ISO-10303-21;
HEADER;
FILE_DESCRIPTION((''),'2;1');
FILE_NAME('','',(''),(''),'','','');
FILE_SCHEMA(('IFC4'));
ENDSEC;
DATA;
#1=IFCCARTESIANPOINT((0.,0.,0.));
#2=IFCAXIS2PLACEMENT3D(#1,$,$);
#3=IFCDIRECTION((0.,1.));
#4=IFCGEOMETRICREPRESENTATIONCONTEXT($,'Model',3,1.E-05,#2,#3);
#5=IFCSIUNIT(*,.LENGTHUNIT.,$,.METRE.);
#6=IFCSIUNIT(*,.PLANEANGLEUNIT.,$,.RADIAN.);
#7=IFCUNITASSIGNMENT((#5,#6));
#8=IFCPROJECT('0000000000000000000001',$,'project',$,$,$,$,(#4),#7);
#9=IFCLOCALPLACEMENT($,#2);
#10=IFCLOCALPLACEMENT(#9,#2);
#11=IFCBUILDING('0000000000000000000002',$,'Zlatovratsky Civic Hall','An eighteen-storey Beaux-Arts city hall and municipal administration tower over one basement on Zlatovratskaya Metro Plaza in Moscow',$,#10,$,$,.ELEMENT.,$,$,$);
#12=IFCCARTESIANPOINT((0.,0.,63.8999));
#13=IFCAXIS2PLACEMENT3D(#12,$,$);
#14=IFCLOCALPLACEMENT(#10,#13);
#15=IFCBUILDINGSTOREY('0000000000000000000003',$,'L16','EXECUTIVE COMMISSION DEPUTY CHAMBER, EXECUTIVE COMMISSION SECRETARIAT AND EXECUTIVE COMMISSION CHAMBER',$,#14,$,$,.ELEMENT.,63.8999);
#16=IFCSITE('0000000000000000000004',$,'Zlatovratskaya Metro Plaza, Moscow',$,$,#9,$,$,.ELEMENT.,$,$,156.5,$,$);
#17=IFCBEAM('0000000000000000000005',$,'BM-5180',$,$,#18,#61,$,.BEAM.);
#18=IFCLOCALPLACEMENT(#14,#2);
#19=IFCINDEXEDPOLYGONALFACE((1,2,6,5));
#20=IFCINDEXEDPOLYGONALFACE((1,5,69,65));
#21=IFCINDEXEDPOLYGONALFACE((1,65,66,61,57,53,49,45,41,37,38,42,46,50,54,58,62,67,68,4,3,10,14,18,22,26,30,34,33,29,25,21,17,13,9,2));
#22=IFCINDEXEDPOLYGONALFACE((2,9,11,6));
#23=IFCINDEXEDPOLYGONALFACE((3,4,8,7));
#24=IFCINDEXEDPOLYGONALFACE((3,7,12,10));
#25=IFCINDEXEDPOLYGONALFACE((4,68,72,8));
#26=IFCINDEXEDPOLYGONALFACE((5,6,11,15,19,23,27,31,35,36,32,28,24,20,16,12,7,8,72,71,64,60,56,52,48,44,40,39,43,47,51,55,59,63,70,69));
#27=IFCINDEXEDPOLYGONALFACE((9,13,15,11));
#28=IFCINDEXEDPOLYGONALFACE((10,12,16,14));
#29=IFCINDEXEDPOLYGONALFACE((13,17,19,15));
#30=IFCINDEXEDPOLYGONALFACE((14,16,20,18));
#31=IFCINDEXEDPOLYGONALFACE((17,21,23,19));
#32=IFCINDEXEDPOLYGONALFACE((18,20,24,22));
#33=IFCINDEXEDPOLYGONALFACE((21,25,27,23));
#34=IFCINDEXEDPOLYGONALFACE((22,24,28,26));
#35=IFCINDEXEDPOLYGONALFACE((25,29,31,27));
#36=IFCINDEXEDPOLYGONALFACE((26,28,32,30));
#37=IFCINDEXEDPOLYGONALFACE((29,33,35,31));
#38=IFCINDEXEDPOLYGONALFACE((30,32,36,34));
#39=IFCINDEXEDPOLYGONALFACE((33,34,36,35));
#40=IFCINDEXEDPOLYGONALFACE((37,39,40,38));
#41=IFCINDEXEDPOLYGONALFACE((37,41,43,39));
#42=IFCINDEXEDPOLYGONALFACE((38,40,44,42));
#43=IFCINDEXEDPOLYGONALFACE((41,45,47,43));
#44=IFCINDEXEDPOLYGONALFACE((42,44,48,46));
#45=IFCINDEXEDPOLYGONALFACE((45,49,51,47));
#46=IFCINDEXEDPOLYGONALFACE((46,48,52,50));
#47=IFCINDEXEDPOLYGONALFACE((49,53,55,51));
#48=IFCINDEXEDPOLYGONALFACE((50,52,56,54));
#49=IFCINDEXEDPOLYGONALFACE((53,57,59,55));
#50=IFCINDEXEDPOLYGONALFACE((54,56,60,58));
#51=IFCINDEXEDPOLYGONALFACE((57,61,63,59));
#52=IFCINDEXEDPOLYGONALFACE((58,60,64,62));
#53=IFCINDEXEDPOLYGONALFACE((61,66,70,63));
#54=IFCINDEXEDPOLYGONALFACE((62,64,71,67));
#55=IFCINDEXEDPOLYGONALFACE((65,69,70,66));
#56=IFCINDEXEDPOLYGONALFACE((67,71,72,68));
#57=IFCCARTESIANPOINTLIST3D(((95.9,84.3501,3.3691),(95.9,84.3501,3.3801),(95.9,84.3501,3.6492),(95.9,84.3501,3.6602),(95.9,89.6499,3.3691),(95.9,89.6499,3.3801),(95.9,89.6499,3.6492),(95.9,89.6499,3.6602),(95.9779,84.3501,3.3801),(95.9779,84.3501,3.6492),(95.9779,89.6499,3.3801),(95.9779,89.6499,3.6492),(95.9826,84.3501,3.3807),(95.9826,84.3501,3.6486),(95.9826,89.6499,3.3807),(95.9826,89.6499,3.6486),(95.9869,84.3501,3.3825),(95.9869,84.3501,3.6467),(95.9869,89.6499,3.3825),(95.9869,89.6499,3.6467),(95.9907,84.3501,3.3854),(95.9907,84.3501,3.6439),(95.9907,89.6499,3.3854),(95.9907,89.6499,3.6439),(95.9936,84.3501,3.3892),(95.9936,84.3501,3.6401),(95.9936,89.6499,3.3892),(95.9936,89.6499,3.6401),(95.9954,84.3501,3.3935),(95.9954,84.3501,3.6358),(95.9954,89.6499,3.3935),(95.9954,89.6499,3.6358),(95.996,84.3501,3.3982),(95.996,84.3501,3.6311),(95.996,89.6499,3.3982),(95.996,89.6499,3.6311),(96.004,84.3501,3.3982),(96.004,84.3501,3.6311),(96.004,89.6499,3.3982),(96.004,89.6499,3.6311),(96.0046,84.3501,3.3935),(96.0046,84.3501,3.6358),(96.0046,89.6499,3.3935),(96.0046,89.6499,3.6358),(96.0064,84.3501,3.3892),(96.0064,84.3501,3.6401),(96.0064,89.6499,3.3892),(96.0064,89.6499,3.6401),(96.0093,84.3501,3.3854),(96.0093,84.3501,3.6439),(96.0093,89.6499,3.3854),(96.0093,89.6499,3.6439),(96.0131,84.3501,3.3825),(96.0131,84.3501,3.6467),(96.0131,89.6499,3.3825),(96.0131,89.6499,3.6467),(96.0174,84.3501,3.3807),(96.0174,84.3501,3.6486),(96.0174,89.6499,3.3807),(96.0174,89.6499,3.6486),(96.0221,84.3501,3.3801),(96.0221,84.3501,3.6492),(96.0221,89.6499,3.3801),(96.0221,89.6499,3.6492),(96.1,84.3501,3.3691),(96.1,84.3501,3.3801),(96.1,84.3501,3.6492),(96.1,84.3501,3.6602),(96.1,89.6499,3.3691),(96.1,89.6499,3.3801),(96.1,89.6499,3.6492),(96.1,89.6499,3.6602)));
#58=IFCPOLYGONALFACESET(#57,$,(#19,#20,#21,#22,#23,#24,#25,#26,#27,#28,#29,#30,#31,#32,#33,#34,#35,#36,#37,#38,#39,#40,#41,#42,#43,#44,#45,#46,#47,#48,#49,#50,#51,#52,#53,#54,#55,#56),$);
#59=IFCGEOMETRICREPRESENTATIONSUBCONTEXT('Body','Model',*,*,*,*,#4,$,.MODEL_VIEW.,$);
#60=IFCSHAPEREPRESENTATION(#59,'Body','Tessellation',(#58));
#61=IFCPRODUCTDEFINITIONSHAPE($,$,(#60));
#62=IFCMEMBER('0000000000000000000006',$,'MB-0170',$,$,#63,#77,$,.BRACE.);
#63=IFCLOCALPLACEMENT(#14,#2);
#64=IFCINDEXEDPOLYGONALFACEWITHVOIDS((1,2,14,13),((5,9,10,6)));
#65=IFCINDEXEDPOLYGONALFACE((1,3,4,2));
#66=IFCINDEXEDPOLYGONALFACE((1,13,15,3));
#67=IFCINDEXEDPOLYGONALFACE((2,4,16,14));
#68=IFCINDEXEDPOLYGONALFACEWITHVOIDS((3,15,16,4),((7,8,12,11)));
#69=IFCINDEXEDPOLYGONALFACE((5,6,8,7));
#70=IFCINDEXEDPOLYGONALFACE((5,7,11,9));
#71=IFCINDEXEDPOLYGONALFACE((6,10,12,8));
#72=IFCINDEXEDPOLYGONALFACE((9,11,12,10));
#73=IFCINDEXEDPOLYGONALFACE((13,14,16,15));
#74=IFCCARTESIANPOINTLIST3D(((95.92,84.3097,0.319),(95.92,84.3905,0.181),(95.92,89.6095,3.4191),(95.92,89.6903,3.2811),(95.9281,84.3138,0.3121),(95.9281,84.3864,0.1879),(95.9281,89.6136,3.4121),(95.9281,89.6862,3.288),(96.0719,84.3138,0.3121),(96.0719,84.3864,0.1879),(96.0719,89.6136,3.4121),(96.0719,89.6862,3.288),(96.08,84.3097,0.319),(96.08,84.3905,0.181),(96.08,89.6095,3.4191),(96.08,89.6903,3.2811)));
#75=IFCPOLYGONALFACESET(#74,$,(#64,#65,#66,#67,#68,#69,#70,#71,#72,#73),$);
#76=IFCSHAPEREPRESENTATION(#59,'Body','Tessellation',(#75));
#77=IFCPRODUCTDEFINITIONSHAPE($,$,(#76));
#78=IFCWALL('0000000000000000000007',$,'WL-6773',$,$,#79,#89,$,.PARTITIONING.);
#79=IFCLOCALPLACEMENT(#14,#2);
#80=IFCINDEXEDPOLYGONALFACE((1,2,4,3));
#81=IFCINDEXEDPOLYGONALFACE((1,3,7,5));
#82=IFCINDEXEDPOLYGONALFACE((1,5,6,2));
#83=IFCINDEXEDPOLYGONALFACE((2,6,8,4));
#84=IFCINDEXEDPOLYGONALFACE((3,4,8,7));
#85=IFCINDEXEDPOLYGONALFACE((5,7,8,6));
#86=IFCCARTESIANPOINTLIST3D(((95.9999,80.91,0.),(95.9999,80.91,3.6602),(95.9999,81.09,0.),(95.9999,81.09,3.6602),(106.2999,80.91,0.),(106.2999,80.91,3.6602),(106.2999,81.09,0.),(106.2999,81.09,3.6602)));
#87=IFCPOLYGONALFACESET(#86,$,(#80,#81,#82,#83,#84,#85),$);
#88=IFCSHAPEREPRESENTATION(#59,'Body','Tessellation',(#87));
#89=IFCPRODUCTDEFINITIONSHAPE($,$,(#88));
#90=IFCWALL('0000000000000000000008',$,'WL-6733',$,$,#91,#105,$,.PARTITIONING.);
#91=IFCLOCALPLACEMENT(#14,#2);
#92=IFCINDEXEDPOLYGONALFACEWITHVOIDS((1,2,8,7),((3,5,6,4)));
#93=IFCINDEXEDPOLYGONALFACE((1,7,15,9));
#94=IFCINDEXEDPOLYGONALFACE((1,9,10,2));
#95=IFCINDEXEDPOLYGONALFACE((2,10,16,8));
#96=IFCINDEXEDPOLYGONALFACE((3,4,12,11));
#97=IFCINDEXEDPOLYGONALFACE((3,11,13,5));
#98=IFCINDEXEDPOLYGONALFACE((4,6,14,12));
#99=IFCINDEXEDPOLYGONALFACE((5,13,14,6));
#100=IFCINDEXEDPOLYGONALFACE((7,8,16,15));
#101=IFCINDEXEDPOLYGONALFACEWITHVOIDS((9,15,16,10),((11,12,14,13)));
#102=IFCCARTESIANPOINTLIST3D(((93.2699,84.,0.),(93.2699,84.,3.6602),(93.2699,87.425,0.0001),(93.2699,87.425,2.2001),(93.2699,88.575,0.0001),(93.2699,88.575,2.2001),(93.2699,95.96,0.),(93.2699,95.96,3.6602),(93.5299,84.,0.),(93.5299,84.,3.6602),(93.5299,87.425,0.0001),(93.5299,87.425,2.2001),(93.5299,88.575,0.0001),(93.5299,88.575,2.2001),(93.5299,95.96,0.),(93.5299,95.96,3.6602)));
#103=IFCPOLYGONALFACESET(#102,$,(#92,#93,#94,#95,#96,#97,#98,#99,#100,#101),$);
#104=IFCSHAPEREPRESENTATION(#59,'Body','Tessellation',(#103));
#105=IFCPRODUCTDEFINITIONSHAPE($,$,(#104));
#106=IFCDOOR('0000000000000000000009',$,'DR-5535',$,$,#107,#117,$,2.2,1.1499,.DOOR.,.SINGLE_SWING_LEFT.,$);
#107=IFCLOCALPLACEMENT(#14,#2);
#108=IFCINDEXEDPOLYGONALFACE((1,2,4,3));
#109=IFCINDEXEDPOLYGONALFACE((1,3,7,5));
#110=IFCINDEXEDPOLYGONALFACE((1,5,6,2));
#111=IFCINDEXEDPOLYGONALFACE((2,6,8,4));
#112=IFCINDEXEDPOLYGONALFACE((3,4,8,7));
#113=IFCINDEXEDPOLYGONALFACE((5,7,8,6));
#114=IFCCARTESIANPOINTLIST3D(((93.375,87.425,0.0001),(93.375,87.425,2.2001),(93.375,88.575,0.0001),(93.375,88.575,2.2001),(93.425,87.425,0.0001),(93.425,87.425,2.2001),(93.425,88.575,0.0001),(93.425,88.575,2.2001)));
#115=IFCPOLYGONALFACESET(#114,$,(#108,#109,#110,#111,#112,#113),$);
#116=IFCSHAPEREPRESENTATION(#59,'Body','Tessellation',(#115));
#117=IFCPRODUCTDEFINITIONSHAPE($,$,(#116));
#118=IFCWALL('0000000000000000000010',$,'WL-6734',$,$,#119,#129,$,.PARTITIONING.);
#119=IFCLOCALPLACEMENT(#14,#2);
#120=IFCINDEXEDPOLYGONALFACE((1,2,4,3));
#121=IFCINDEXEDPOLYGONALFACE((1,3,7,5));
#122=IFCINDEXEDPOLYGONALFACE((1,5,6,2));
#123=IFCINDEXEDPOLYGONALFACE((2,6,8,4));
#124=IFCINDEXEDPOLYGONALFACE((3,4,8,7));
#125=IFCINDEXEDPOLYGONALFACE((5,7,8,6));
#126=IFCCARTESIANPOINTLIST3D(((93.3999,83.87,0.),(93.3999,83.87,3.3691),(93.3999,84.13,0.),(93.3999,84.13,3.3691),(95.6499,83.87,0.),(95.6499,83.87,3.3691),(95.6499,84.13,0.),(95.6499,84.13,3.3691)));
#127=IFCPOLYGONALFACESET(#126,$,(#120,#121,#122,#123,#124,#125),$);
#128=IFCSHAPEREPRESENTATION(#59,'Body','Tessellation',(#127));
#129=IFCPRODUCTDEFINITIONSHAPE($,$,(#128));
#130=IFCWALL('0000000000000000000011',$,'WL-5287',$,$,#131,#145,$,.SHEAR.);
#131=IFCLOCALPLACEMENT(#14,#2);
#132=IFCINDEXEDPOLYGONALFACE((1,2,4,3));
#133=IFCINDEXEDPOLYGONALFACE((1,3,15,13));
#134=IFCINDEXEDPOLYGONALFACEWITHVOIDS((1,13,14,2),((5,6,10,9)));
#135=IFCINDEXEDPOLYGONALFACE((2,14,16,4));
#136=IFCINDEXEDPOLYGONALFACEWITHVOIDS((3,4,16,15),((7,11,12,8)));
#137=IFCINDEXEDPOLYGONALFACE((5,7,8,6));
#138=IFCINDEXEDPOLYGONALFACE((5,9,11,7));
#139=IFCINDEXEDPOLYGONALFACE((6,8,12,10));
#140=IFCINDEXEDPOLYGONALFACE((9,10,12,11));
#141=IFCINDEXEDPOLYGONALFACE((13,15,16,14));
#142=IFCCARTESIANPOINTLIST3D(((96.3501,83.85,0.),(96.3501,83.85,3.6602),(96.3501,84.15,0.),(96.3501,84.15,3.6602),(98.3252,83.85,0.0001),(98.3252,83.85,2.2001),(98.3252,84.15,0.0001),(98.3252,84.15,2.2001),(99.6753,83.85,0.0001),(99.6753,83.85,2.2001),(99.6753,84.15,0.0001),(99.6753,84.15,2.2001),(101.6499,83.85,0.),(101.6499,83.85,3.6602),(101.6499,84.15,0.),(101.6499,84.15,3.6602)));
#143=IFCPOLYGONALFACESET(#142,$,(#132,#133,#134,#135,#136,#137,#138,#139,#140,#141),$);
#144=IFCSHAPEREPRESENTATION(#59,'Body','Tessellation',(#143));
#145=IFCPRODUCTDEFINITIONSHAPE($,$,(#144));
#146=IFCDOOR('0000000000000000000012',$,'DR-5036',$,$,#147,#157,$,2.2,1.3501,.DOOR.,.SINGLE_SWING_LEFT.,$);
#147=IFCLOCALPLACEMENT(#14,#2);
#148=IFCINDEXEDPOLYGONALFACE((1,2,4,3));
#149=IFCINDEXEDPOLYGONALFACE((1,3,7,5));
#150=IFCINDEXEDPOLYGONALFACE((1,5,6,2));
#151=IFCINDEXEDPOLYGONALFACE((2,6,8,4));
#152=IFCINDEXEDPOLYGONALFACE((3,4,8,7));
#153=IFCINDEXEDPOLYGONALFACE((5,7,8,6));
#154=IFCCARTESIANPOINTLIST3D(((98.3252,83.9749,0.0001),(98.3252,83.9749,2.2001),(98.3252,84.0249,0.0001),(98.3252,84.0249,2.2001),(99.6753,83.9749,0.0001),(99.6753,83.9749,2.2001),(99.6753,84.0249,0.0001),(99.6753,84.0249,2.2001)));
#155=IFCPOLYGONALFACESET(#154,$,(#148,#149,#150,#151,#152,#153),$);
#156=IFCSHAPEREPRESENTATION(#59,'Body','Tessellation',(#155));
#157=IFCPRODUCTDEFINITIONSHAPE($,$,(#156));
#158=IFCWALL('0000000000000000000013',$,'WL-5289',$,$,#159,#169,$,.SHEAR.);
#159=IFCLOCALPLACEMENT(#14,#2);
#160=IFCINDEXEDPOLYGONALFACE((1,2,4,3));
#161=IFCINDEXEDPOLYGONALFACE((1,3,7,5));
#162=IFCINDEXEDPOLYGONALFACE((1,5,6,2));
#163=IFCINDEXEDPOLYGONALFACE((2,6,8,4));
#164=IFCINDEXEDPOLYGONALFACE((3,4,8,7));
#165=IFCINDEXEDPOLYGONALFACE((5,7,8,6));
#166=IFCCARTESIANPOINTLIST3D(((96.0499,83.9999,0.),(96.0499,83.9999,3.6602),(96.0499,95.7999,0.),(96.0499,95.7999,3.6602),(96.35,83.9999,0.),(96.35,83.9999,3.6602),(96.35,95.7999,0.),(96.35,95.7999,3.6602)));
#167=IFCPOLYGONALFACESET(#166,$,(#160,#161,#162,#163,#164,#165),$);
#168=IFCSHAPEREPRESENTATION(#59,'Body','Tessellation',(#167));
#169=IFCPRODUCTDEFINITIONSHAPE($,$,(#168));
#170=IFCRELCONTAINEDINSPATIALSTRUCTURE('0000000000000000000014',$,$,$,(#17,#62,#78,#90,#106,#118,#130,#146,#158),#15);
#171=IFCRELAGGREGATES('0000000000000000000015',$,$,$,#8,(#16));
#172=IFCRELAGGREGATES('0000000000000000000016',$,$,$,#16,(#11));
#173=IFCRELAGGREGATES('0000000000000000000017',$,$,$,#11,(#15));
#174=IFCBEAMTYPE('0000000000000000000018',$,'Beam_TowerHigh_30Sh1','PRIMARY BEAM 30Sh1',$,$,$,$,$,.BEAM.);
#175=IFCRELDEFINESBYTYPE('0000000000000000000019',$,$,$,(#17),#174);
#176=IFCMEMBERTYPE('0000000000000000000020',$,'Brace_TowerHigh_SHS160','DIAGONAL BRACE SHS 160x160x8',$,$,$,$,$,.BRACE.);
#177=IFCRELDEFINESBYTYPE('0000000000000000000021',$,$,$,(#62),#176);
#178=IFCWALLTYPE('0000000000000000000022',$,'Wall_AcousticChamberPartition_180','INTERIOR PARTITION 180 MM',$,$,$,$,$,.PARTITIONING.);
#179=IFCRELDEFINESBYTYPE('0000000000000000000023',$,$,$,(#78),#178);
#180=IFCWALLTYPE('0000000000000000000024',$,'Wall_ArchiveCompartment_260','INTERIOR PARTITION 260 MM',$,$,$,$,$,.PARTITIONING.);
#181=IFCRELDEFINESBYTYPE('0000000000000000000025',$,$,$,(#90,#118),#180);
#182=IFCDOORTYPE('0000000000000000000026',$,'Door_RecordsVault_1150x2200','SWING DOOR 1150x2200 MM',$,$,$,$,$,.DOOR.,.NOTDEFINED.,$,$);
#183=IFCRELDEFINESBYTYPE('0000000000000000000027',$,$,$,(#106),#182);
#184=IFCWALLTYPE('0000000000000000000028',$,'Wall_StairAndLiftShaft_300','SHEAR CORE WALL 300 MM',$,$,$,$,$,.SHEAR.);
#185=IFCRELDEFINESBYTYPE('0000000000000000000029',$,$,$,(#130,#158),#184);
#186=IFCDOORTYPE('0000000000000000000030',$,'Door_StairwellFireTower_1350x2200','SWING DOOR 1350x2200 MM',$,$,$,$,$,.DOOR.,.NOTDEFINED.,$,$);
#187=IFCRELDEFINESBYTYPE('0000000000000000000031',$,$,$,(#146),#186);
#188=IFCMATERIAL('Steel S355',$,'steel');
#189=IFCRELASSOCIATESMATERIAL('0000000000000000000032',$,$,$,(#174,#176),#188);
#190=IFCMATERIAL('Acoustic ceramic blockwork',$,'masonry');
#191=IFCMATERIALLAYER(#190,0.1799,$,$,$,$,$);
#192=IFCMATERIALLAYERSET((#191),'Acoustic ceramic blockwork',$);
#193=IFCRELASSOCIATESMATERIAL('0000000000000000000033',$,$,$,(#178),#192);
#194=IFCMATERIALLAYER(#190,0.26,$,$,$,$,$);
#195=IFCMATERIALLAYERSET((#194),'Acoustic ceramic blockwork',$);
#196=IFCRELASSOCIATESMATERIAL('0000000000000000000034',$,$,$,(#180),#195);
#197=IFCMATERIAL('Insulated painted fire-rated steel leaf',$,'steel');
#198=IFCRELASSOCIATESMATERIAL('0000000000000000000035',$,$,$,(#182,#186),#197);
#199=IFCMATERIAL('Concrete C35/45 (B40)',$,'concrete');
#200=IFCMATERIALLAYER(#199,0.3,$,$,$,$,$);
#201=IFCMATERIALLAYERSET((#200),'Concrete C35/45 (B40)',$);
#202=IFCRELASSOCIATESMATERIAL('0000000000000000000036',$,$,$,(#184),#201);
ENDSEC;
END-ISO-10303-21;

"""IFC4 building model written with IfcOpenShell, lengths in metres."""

from ifc_helpers import new_model, si_unit, direction, frame, frame_2d, origin, origin_2d, place, context, subcontext, project, spatial, rectangle, hollow_rectangle, i_section, extrude, material, layer, layer_set, material_profile, profile_set, type_object, element, fill, save


model = new_model("IFC4")

# Units and contexts
model_context = context("Model", 3, precision=1e-05, world=origin(), true_north=direction((0.0, 1.0)))
body_context = subcontext(model_context, "Body", "Model", "MODEL_VIEW")
ifc_project = project(units=[si_unit("LENGTHUNIT", "METRE"), si_unit("PLANEANGLEUNIT", "RADIAN")], contexts=[model_context])

# Site, building, storey
site_placement = place(None, origin())
site = spatial("IfcSite", under=ifc_project, at=site_placement, Name="Zlatovratskaya Metro Plaza, Moscow", CompositionType="ELEMENT", RefElevation=156.5)
building_placement = place(site_placement, origin())
building = spatial("IfcBuilding", under=site, at=building_placement, Name="Zlatovratsky Civic Hall", Description="An eighteen-storey Beaux-Arts city hall and municipal administration tower over one basement on Zlatovratskaya Metro Plaza in Moscow", CompositionType="ELEMENT")
storey_placement = place(building_placement, frame((0.0, 0.0, 63.8999)))
storey = spatial("IfcBuildingStorey", under=building, at=storey_placement, Name="L16", Description="EXECUTIVE COMMISSION DEPUTY CHAMBER, EXECUTIVE COMMISSION SECRETARIAT AND EXECUTIVE COMMISSION CHAMBER", CompositionType="ELEMENT", Elevation=63.8999)

# Shared definitions
ifc_material_1 = material(Name="Concrete C35/45 (B40)", Category="concrete")

# Beam
ifc_material_2 = material(Name="Steel S355", Category="steel")
ifc_material_profile_1 = material_profile(ifc_material_2, i_section(OverallWidth=0.2, OverallDepth=0.291, WebThickness=0.0081, FlangeThickness=0.011, FilletRadius=0.0181, at=origin_2d()), Name="30Sh1")
ifc_profile_set_1 = profile_set([ifc_material_profile_1], Name="Steel S355")
beam_type_1 = type_object("IfcBeamType", Name="Beam_TowerHigh_30Sh1", Description="PRIMARY BEAM 30Sh1", PredefinedType="BEAM", material=ifc_profile_set_1)
for number, where, z_axis, x_axis, name in (
    (1, (96.0, 84.3501, 3.5146), (0.0, 1.0, 0.0), (-1.0, 0.0, 0.0), "BM-5180"),
):
    element("IfcBeam", number, at=place(storey_placement, frame(where, z_axis=z_axis, x_axis=x_axis)), inside=storey, type_object=beam_type_1, Name=name, PredefinedType="BEAM", context=body_context, shape_type="SweptSolid", body=[
        extrude(i_section(OverallWidth=0.2, OverallDepth=0.291, WebThickness=0.0081, FlangeThickness=0.011, FilletRadius=0.0181, at=origin_2d()), origin(), (0.0, 0.0, 1.0), 5.2998),
    ])

# Member
ifc_material_profile_2 = material_profile(ifc_material_2, hollow_rectangle(XDim=0.1599, YDim=0.1599, WallThickness=0.0081, at=origin_2d()), Name="SHS 160x160x8")
ifc_profile_set_2 = profile_set([ifc_material_profile_2], Name="Steel S355")
member_type = type_object("IfcMemberType", Name="Brace_TowerHigh_SHS160", Description="DIAGONAL BRACE SHS 160x160x8", PredefinedType="BRACE", material=ifc_profile_set_2)
member_placement = place(storey_placement, frame((96.0, 84.3501, 0.25), z_axis=(0.0, 0.863173, 0.504909), x_axis=(-1.0, 0.0, 0.0)))
element("IfcMember", 2, at=member_placement, inside=storey, type_object=member_type, Name="MB-0170", PredefinedType="BRACE", context=body_context, shape_type="SweptSolid", body=[
    extrude(hollow_rectangle(XDim=0.1599, YDim=0.1599, WallThickness=0.0081, at=origin_2d()), origin(), (0.0, 0.0, 1.0), 6.1399),
])

# Wall
ifc_material_3 = material(Name="Acoustic ceramic blockwork", Category="masonry")
ifc_layer_1 = layer(ifc_material_3, 0.1799)
ifc_layer_set_1 = layer_set([ifc_layer_1], Name="Acoustic ceramic blockwork")
wall_type_1 = type_object("IfcWallType", Name="Wall_AcousticChamberPartition_180", Description="INTERIOR PARTITION 180 MM", PredefinedType="PARTITIONING", material=ifc_layer_set_1)
wall_1_placement = place(storey_placement, frame((96.0, 81.0, 0.0), z_axis=(0.0, 0.0, 1.0), x_axis=(1.0, 0.0, 0.0)))
element("IfcWall", 3, at=wall_1_placement, inside=storey, type_object=wall_type_1, Name="WL-6773", PredefinedType="PARTITIONING", context=body_context, shape_type="SweptSolid", body=[
    extrude(rectangle(XDim=10.3, YDim=0.1799, at=frame_2d((5.1499, 0.0))), origin(), (0.0, 0.0, 1.0), 3.6602),
])

# Wall, opening, door
ifc_layer_2 = layer(ifc_material_3, 0.26)
ifc_layer_set_2 = layer_set([ifc_layer_2], Name="Acoustic ceramic blockwork")
wall_type_2 = type_object("IfcWallType", Name="Wall_ArchiveCompartment_260", Description="INTERIOR PARTITION 260 MM", PredefinedType="PARTITIONING", material=ifc_layer_set_2)
wall_2_placement = place(storey_placement, frame((93.3999, 84.0, 0.0), z_axis=(0.0, 0.0, 1.0), x_axis=(0.0, 1.0, 0.0)))
wall_2 = element("IfcWall", 4, at=wall_2_placement, inside=storey, type_object=wall_type_2, Name="WL-6733", PredefinedType="PARTITIONING", context=body_context, shape_type="SweptSolid", body=[
    extrude(rectangle(XDim=11.96, YDim=0.26, at=frame_2d((5.98, 0.0))), origin(), (0.0, 0.0, 1.0), 3.6602),
])
opening_1_placement = place(wall_2_placement, frame((3.425, 0.0, 0.0)))
opening_1 = element("IfcOpeningElement", 5, at=opening_1_placement, cuts=wall_2, PredefinedType="OPENING", context=body_context, shape_type="SweptSolid", body=[
    extrude(rectangle(XDim=1.1499, YDim=2.2, at=frame_2d((0.575, 1.1001))), frame((0.0, 0.145, 0.0), z_axis=(0.0, -1.0, 0.0), x_axis=(1.0, 0.0, 0.0)), (0.0, 0.0, 1.0), 0.2898),
])
ifc_material_4 = material(Name="Insulated painted fire-rated steel leaf", Category="steel")
door_type_1 = type_object("IfcDoorType", Name="Door_RecordsVault_1150x2200", Description="SWING DOOR 1150x2200 MM", OperationType="NOTDEFINED", PredefinedType="DOOR", material=ifc_material_4)
door_1_placement = place(opening_1_placement, origin())
door_1 = element("IfcDoor", 6, at=door_1_placement, inside=storey, type_object=door_type_1, Name="DR-5535", OperationType="SINGLE_SWING_LEFT", OverallHeight=2.2, OverallWidth=1.1499, PredefinedType="DOOR", context=body_context, shape_type="SweptSolid", body=[
    extrude(rectangle(XDim=1.1499, YDim=2.2, at=frame_2d((0.575, 1.1001))), frame((0.0, 0.0249, 0.0), z_axis=(0.0, -1.0, 0.0), x_axis=(1.0, 0.0, 0.0)), (0.0, 0.0, 1.0), 0.05),
])
fill(opening_1, door_1)

# Wall
wall_3_placement = place(storey_placement, frame((93.3999, 84.0, 0.0), z_axis=(0.0, 0.0, 1.0), x_axis=(1.0, 0.0, 0.0)))
element("IfcWall", 7, at=wall_3_placement, inside=storey, type_object=wall_type_2, Name="WL-6734", PredefinedType="PARTITIONING", context=body_context, shape_type="SweptSolid", body=[
    extrude(rectangle(XDim=2.25, YDim=0.26, at=frame_2d((1.125, 0.0))), origin(), (0.0, 0.0, 1.0), 3.3691),
])

# Wall, opening, door
ifc_layer_3 = layer(ifc_material_1, 0.3)
ifc_layer_set_3 = layer_set([ifc_layer_3], Name="Concrete C35/45 (B40)")
wall_type_3 = type_object("IfcWallType", Name="Wall_StairAndLiftShaft_300", Description="SHEAR CORE WALL 300 MM", PredefinedType="SHEAR", material=ifc_layer_set_3)
wall_4_placement = place(storey_placement, frame((96.3501, 84.0, 0.0), z_axis=(0.0, 0.0, 1.0), x_axis=(1.0, 0.0, 0.0)))
wall_4 = element("IfcWall", 8, at=wall_4_placement, inside=storey, type_object=wall_type_3, Name="WL-5287", PredefinedType="SHEAR", context=body_context, shape_type="SweptSolid", body=[
    extrude(rectangle(XDim=5.2998, YDim=0.3, at=frame_2d((2.6499, 0.0))), origin(), (0.0, 0.0, 1.0), 3.6602),
])
opening_2_placement = place(wall_4_placement, frame((1.9751, 0.0, 0.0)))
opening_2 = element("IfcOpeningElement", 9, at=opening_2_placement, cuts=wall_4, PredefinedType="OPENING", context=body_context, shape_type="SweptSolid", body=[
    extrude(rectangle(XDim=1.3501, YDim=2.2, at=frame_2d((0.675, 1.1001))), frame((0.0, 0.165, 0.0), z_axis=(0.0, -1.0, 0.0), x_axis=(1.0, 0.0, 0.0)), (0.0, 0.0, 1.0), 0.3298),
])
door_type_2 = type_object("IfcDoorType", Name="Door_StairwellFireTower_1350x2200", Description="SWING DOOR 1350x2200 MM", OperationType="NOTDEFINED", PredefinedType="DOOR", material=ifc_material_4)
door_2_placement = place(opening_2_placement, origin())
door_2 = element("IfcDoor", 10, at=door_2_placement, inside=storey, type_object=door_type_2, Name="DR-5036", OperationType="SINGLE_SWING_LEFT", OverallHeight=2.2, OverallWidth=1.3501, PredefinedType="DOOR", context=body_context, shape_type="SweptSolid", body=[
    extrude(rectangle(XDim=1.3501, YDim=2.2, at=frame_2d((0.675, 1.1001))), frame((0.0, 0.0249, 0.0), z_axis=(0.0, -1.0, 0.0), x_axis=(1.0, 0.0, 0.0)), (0.0, 0.0, 1.0), 0.05),
])
fill(opening_2, door_2)

# Wall
wall_5_placement = place(storey_placement, frame((96.2, 84.0, 0.0), z_axis=(0.0, 0.0, 1.0), x_axis=(0.0, 1.0, 0.0)))
element("IfcWall", 11, at=wall_5_placement, inside=storey, type_object=wall_type_3, Name="WL-5289", PredefinedType="SHEAR", context=body_context, shape_type="SweptSolid", body=[
    extrude(rectangle(XDim=11.8, YDim=0.3, at=frame_2d((5.8999, 0.0))), origin(), (0.0, 0.0, 1.0), 3.6602),
])

save(model, "model.ifc")
